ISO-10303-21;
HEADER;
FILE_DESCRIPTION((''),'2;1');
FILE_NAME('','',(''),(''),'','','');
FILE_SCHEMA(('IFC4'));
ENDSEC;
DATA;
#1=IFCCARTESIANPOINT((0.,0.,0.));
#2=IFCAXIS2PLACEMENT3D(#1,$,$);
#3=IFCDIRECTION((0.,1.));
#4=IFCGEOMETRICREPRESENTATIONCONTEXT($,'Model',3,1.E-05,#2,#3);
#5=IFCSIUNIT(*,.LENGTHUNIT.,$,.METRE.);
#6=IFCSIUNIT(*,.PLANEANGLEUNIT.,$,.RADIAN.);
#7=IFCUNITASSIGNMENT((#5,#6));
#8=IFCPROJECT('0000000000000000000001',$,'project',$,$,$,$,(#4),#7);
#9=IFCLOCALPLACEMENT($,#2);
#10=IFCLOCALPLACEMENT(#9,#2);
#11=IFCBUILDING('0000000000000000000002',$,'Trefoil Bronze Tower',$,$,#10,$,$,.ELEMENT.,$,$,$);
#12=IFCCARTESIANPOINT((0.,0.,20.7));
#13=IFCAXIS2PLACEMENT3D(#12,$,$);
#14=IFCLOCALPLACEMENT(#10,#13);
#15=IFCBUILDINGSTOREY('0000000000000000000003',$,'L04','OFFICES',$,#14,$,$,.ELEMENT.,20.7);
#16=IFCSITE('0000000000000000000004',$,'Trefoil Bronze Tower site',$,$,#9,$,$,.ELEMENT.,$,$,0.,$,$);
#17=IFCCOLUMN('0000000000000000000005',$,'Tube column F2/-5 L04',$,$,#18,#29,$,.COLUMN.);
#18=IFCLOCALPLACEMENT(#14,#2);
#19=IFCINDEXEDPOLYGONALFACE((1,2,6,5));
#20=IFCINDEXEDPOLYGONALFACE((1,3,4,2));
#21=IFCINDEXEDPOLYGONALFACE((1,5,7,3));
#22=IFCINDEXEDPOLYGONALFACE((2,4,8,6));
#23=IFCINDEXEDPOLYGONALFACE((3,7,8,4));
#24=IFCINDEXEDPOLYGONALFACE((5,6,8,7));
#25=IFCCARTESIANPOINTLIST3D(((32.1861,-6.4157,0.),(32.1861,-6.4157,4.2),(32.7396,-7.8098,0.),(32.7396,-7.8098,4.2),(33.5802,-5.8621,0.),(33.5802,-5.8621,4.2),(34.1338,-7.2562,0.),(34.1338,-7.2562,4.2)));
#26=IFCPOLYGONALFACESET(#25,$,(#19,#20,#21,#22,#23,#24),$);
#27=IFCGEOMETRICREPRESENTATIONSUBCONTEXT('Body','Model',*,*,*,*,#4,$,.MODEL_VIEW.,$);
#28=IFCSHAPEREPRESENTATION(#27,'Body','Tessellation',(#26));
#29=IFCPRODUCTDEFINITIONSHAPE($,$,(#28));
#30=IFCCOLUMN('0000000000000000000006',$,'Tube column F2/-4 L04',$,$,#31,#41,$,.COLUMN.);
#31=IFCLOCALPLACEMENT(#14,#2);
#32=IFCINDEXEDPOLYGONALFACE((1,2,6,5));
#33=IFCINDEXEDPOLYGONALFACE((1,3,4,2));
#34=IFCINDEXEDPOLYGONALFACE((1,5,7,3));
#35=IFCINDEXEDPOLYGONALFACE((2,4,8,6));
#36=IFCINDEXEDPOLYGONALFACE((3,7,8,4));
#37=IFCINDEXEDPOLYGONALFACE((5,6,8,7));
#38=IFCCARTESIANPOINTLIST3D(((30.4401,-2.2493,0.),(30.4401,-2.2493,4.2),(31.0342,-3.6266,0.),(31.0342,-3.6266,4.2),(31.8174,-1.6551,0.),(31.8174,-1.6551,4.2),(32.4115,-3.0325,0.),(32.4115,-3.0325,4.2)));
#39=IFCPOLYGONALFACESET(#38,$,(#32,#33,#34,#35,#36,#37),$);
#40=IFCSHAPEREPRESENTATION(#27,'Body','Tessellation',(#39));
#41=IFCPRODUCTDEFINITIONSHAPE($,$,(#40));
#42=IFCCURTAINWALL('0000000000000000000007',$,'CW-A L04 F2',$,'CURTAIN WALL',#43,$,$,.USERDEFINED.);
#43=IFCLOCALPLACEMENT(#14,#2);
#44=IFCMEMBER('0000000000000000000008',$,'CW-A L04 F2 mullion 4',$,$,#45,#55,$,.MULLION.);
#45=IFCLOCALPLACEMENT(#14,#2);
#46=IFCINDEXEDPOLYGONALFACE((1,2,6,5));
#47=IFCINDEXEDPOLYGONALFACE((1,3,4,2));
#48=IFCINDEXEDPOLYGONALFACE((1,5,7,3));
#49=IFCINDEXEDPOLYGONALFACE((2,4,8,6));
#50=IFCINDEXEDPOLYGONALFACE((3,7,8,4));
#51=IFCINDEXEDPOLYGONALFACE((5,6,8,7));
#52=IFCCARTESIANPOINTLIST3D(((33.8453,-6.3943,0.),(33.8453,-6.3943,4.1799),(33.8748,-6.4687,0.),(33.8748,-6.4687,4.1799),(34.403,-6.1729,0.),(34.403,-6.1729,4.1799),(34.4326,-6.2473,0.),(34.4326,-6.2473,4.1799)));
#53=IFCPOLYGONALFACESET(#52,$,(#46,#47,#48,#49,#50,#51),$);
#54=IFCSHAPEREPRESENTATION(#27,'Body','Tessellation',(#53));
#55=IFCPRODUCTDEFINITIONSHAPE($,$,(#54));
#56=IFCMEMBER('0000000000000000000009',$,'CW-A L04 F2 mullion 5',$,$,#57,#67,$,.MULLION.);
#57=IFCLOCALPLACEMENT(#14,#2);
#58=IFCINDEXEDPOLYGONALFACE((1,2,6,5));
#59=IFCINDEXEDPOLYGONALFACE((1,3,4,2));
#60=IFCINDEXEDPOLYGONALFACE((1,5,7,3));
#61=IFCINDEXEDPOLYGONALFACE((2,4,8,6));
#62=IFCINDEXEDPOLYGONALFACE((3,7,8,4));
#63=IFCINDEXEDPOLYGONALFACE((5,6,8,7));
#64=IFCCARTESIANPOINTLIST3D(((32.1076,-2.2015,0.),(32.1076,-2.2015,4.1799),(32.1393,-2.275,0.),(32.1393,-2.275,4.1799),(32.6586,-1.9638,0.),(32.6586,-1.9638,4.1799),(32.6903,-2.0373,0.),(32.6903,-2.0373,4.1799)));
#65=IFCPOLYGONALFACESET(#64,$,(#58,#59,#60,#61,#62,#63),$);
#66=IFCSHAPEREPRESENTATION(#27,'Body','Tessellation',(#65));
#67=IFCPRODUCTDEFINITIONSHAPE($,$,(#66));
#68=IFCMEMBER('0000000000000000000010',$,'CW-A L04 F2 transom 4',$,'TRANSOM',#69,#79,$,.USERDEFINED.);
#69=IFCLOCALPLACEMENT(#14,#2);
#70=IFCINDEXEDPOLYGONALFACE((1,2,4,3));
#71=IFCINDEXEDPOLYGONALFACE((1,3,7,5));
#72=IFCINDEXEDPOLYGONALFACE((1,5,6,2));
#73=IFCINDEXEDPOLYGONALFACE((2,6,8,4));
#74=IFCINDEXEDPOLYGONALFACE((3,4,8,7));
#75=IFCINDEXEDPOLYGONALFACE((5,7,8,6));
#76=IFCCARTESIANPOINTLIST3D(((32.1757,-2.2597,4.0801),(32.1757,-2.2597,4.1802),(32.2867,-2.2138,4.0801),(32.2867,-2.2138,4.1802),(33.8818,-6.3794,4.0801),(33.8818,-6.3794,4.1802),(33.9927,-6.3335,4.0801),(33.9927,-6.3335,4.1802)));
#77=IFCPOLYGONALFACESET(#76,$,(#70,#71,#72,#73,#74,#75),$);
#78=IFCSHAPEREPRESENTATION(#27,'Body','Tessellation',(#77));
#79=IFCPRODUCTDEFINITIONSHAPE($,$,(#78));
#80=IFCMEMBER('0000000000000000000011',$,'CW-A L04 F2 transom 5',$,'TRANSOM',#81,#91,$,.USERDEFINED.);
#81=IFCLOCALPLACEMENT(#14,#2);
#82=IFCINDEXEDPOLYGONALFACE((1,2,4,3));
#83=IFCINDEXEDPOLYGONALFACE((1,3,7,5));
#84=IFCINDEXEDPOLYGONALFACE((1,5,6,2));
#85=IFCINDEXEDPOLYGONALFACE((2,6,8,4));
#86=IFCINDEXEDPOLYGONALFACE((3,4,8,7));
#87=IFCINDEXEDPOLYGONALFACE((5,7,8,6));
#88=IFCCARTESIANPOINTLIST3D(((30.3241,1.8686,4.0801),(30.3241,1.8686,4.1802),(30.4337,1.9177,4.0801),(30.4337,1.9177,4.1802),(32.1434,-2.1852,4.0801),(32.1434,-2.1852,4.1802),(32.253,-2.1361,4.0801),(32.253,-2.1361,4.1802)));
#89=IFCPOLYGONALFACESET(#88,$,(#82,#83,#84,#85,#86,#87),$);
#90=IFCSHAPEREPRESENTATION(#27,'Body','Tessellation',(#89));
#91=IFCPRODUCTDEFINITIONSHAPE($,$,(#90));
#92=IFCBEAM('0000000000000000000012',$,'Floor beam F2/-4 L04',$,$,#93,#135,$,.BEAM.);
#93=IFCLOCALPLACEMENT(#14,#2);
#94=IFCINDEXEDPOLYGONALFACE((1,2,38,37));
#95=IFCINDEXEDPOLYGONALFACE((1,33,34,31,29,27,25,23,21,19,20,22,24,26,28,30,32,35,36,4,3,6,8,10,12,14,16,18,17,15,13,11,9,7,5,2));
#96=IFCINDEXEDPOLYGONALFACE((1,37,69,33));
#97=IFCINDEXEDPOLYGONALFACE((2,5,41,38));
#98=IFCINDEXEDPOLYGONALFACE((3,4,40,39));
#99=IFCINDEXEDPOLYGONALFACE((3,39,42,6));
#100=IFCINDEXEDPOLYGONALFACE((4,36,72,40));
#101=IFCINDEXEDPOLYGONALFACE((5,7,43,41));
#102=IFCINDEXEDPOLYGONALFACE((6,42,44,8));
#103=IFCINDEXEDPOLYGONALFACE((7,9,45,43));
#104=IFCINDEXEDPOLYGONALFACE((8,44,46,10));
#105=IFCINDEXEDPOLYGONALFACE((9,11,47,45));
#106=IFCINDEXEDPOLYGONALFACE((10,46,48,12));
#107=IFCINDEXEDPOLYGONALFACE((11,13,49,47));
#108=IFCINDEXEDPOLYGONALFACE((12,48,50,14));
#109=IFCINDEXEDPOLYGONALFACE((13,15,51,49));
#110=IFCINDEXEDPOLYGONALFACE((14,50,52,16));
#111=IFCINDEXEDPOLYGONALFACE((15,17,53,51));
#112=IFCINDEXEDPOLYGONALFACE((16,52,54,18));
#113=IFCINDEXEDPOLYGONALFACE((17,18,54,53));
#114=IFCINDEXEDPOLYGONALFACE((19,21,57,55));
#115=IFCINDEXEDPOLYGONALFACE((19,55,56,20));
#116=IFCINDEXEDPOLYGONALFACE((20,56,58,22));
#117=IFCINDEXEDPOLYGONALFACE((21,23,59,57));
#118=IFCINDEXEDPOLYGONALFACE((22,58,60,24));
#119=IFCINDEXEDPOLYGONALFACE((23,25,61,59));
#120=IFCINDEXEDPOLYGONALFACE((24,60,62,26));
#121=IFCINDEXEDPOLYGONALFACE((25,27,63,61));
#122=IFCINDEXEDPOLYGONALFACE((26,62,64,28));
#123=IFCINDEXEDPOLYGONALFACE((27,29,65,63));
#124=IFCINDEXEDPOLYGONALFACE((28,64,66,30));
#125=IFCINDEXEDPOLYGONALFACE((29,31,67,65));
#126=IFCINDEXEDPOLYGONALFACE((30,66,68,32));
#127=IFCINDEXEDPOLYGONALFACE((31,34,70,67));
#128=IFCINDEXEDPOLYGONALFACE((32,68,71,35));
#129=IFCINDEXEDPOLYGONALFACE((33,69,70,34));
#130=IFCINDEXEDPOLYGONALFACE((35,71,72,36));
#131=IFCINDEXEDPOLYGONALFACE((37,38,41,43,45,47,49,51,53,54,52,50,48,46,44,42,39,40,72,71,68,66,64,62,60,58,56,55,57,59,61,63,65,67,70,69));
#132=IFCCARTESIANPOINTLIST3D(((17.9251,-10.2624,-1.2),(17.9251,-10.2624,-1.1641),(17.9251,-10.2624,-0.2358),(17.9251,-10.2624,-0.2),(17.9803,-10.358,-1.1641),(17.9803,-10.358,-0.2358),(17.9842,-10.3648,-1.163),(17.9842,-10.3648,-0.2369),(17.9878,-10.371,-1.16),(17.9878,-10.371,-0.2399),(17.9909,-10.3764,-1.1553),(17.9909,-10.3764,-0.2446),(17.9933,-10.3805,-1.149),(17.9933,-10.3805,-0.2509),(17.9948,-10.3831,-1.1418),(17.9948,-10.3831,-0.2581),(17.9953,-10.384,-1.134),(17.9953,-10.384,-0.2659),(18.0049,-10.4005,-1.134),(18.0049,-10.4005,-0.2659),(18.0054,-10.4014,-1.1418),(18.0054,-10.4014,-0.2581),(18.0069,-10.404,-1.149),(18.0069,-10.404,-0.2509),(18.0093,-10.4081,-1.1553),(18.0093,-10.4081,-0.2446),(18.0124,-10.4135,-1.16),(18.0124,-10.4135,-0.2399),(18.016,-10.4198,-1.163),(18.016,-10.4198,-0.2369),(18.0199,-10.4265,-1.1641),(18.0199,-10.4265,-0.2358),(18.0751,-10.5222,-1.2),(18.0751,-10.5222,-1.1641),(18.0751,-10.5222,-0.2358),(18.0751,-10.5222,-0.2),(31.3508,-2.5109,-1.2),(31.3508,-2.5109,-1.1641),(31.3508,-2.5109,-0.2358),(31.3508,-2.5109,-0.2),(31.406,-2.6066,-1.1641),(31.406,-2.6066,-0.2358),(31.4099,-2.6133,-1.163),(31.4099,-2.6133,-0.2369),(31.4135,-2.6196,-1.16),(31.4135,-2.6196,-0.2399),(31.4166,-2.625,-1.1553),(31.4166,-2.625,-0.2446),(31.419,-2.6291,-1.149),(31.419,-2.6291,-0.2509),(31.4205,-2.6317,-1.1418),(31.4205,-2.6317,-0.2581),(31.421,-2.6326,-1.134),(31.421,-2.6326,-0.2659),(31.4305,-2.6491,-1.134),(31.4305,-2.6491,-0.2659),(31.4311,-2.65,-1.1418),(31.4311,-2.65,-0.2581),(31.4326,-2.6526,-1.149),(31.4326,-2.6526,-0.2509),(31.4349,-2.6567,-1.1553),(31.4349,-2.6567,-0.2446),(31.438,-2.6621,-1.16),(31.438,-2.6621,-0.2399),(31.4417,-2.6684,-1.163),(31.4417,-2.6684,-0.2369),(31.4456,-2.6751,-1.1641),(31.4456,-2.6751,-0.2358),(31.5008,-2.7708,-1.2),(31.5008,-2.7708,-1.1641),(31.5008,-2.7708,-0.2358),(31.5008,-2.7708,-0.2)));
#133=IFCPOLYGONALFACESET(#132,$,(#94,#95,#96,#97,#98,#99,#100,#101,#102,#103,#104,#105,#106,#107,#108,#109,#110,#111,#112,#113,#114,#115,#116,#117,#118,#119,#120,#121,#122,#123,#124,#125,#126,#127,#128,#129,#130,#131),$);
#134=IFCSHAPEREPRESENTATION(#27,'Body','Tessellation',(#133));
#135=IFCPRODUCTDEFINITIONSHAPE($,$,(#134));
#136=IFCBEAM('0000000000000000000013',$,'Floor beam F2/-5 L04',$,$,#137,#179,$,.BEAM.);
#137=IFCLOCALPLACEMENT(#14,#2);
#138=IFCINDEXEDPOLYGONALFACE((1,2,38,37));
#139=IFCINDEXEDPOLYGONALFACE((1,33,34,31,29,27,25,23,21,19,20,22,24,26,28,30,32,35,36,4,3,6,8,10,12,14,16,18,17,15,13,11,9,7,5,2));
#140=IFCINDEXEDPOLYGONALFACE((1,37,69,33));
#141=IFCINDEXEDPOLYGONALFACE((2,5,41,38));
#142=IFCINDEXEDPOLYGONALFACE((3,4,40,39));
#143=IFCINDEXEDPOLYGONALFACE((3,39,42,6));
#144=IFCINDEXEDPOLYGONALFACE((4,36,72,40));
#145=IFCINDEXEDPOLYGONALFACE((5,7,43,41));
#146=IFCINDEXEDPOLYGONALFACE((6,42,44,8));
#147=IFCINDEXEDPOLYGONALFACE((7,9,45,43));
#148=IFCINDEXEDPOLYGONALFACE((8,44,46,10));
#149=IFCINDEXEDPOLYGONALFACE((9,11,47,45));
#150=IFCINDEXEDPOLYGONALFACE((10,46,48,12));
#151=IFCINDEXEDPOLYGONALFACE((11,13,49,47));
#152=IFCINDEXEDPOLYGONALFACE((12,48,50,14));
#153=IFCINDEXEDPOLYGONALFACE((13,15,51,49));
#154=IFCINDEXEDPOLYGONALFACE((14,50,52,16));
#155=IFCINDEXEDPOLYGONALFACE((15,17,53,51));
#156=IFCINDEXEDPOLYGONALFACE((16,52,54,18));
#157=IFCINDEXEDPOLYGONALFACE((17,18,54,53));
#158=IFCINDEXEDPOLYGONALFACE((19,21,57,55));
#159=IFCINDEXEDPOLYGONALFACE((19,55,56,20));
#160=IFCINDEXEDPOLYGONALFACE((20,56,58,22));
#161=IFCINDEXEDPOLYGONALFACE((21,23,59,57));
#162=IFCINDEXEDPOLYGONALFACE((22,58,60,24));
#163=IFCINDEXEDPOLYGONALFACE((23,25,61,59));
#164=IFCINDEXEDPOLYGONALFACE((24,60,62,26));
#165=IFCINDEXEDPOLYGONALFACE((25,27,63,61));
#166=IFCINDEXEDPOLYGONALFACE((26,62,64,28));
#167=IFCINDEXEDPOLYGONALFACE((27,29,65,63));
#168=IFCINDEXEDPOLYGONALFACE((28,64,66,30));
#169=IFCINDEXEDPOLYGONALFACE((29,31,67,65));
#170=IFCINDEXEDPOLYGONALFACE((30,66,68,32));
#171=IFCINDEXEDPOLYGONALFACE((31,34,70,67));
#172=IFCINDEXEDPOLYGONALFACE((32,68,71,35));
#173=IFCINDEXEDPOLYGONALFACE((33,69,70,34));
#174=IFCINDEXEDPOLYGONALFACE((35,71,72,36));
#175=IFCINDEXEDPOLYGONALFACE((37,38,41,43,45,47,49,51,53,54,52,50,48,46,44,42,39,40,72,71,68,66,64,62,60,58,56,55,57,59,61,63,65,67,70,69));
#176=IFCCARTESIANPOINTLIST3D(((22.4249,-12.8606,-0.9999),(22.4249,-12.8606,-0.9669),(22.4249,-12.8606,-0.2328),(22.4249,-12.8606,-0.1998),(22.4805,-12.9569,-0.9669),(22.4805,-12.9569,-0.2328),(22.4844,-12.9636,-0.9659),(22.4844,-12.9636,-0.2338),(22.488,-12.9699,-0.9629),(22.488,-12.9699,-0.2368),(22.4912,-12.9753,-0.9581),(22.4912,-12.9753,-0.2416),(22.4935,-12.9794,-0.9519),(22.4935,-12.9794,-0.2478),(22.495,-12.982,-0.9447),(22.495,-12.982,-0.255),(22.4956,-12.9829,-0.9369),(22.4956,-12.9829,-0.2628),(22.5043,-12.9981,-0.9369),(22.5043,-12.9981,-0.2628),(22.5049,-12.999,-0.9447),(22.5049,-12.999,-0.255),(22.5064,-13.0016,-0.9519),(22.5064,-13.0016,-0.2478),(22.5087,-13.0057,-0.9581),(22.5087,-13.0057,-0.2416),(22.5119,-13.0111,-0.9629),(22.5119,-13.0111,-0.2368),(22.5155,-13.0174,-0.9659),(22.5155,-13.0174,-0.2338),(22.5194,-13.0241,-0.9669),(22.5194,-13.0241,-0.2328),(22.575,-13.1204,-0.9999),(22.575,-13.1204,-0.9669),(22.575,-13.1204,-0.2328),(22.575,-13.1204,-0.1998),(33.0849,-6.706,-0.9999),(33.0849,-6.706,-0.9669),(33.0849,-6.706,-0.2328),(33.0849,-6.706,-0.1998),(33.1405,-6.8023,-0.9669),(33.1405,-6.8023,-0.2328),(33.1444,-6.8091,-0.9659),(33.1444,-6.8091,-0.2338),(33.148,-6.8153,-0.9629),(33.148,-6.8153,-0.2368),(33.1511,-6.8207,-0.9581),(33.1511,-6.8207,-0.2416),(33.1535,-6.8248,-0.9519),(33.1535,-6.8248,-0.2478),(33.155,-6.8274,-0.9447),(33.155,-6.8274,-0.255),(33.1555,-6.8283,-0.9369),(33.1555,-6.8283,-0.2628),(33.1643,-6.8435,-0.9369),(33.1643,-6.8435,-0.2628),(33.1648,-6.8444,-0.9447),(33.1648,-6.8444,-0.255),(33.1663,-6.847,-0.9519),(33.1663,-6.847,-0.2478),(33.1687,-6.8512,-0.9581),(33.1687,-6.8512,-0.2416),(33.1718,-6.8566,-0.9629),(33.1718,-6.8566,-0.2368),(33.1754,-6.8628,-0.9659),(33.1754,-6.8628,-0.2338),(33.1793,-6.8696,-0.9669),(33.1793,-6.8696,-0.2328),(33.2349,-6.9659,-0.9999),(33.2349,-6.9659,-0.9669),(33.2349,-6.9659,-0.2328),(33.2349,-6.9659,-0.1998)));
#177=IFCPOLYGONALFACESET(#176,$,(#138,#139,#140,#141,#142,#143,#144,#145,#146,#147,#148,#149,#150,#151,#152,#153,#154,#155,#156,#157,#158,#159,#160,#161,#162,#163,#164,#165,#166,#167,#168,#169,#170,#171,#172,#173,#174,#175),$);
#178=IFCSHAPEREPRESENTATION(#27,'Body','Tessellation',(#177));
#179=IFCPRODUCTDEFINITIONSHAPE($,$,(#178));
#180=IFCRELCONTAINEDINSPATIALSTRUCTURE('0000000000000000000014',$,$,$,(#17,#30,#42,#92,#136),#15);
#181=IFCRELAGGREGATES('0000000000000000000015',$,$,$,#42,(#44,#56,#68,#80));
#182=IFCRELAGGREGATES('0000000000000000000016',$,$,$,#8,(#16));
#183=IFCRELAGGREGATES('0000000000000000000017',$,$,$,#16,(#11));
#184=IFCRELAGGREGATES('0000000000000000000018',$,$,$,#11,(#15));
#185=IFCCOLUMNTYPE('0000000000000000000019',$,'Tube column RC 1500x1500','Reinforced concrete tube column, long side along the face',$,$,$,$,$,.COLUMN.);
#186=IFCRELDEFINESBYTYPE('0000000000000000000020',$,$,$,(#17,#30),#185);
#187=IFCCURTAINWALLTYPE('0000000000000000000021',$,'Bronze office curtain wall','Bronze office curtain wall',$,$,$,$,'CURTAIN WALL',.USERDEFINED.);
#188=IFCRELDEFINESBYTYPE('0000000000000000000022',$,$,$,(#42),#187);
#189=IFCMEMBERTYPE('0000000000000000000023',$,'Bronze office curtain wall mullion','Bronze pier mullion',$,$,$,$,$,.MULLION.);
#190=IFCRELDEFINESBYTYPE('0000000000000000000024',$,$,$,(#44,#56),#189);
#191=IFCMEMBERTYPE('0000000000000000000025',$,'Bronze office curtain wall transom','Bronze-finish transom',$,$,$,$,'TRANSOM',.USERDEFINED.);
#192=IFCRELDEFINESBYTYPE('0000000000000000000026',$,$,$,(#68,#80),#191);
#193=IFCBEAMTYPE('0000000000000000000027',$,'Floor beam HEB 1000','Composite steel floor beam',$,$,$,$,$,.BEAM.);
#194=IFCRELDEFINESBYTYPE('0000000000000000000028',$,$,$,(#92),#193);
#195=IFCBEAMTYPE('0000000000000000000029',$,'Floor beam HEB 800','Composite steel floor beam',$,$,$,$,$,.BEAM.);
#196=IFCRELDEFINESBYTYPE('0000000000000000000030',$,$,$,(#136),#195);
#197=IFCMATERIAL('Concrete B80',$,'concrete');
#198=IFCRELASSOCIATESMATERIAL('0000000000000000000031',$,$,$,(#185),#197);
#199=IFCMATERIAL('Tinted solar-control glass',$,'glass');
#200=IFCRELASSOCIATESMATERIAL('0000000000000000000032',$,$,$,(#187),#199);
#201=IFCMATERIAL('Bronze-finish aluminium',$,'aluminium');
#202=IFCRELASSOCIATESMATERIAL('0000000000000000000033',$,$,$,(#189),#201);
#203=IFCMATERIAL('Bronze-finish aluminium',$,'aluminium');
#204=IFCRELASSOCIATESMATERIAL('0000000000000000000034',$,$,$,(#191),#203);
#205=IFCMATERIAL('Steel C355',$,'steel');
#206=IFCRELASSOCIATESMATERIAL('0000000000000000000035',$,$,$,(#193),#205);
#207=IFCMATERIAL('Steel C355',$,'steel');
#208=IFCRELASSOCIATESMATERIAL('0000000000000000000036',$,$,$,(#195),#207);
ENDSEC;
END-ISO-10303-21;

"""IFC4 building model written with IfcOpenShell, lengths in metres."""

from ifc_helpers import new_model, si_unit, direction, frame, origin, origin_2d, place, context, subcontext, project, spatial, rectangle, i_section, extrude, material, material_profile, profile_set, type_object, element, aggregate, save


model = new_model("IFC4")

# Units and contexts
model_context = context("Model", 3, precision=1e-05, world=origin(), true_north=direction((0.0, 1.0)))
body_context = subcontext(model_context, "Body", "Model", "MODEL_VIEW")
ifc_project = project(units=[si_unit("LENGTHUNIT", "METRE"), si_unit("PLANEANGLEUNIT", "RADIAN")], contexts=[model_context])

# Site, building, storey
site_placement = place(None, origin())
site = spatial("IfcSite", under=ifc_project, at=site_placement, Name="Trefoil Bronze Tower site", CompositionType="ELEMENT", RefElevation=0.0)
building_placement = place(site_placement, origin())
building = spatial("IfcBuilding", under=site, at=building_placement, Name="Trefoil Bronze Tower", CompositionType="ELEMENT")
storey_placement = place(building_placement, frame((0.0, 0.0, 20.7)))
storey = spatial("IfcBuildingStorey", under=building, at=storey_placement, Name="L04", Description="OFFICES", CompositionType="ELEMENT", Elevation=20.7)

# Columns
ifc_material_1 = material(Name="Concrete B80", Category="concrete")
ifc_material_profile_1 = material_profile(ifc_material_1, rectangle(XDim=1.5, YDim=1.5, at=origin_2d()), Name="RC 1500x1500")
ifc_profile_set_1 = profile_set([ifc_material_profile_1], Name="Concrete B80")
column_type = type_object("IfcColumnType", Name="Tube column RC 1500x1500", Description="Reinforced concrete tube column, long side along the face", PredefinedType="COLUMN", material=ifc_profile_set_1)
for number, where, z_axis, x_axis, name in (
    (1, (33.1599, -6.8359, 0.0), (0.0, 0.0, 1.0), (-0.36904, 0.929414, 0.0), "Tube column F2/-5 L04"),
    (2, (31.4258, -2.6409, 0.0), (0.0, 0.0, 1.0), (-0.396085, 0.918214, 0.0), "Tube column F2/-4 L04"),
):
    element("IfcColumn", number, at=place(storey_placement, frame(where, z_axis=z_axis, x_axis=x_axis)), inside=storey, type_object=column_type, Name=name, PredefinedType="COLUMN", context=body_context, shape_type="SweptSolid", body=[
        extrude(rectangle(XDim=1.5, YDim=1.5, at=origin_2d()), origin(), (0.0, 0.0, 1.0), 4.2),
    ])

# Curtain wall, members
ifc_material_2 = material(Name="Tinted solar-control glass", Category="glass")
curtain_wall_type = type_object("IfcCurtainWallType", Name="Bronze office curtain wall", Description="Bronze office curtain wall", ElementType="CURTAIN WALL", PredefinedType="USERDEFINED", material=ifc_material_2)
curtain_wall_placement = place(storey_placement, origin())
curtain_wall = element("IfcCurtainWall", 3, at=curtain_wall_placement, inside=storey, type_object=curtain_wall_type, Name="CW-A L04 F2", ObjectType="CURTAIN WALL", PredefinedType="USERDEFINED")
ifc_material_3 = material(Name="Bronze-finish aluminium", Category="aluminium")
ifc_material_profile_2 = material_profile(ifc_material_3, rectangle(XDim=0.6001, YDim=0.0801, at=origin_2d()), Name="CW-A mullion")
ifc_profile_set_2 = profile_set([ifc_material_profile_2], Name="Bronze-finish aluminium")
member_type_1 = type_object("IfcMemberType", Name="Bronze office curtain wall mullion", Description="Bronze pier mullion", PredefinedType="MULLION", material=ifc_profile_set_2)
member_1_placement = place(storey_placement, frame((34.1389, -6.3208, 0.0), z_axis=(0.0, 0.0, 1.0), x_axis=(-0.929414, -0.36904, 0.0)))
member_1 = element("IfcMember", 4, at=member_1_placement, type_object=member_type_1, Name="CW-A L04 F2 mullion 4", PredefinedType="MULLION", context=body_context, shape_type="SweptSolid", body=[
    extrude(rectangle(XDim=0.6001, YDim=0.0801, at=origin_2d()), origin(), (0.0, 0.0, 1.0), 4.1799),
])
member_2_placement = place(storey_placement, frame((32.3989, -2.1194, 0.0), z_axis=(0.0, 0.0, 1.0), x_axis=(-0.918214, -0.396085, 0.0)))
member_2 = element("IfcMember", 5, at=member_2_placement, type_object=member_type_1, Name="CW-A L04 F2 mullion 5", PredefinedType="MULLION", context=body_context, shape_type="SweptSolid", body=[
    extrude(rectangle(XDim=0.6001, YDim=0.0801, at=origin_2d()), origin(), (0.0, 0.0, 1.0), 4.1799),
])
ifc_material_4 = material(Name="Bronze-finish aluminium", Category="aluminium")
ifc_material_profile_3 = material_profile(ifc_material_4, rectangle(XDim=0.1201, YDim=0.1001, at=origin_2d()), Name="CW-A transom")
ifc_profile_set_3 = profile_set([ifc_material_profile_3], Name="Bronze-finish aluminium")
member_type_2 = type_object("IfcMemberType", Name="Bronze office curtain wall transom", Description="Bronze-finish transom", ElementType="TRANSOM", PredefinedType="USERDEFINED", material=ifc_profile_set_3)
member_3_placement = place(storey_placement, frame((33.9373, -6.3564, 4.1301), z_axis=(-0.382616, 0.923907, 0.0), x_axis=(-0.923907, -0.382616, 0.0)))
member_3 = element("IfcMember", 6, at=member_3_placement, type_object=member_type_2, Name="CW-A L04 F2 transom 4", ObjectType="TRANSOM", PredefinedType="USERDEFINED", context=body_context, shape_type="SweptSolid", body=[
    extrude(rectangle(XDim=0.1201, YDim=0.1001, at=origin_2d()), origin(), (0.0, 0.0, 1.0), 4.459),
])
member_4_placement = place(storey_placement, frame((32.1982, -2.1606, 4.1301), z_axis=(-0.40946, 0.912328, 0.0), x_axis=(-0.912328, -0.40946, 0.0)))
member_4 = element("IfcMember", 7, at=member_4_placement, type_object=member_type_2, Name="CW-A L04 F2 transom 5", ObjectType="TRANSOM", PredefinedType="USERDEFINED", context=body_context, shape_type="SweptSolid", body=[
    extrude(rectangle(XDim=0.1201, YDim=0.1001, at=origin_2d()), origin(), (0.0, 0.0, 1.0), 4.4434),
])

# Beams
ifc_material_5 = material(Name="Steel C355", Category="steel")
ifc_material_profile_4 = material_profile(ifc_material_5, i_section(OverallWidth=0.3, OverallDepth=1.0, WebThickness=0.019, FlangeThickness=0.0359, FilletRadius=0.03, at=origin_2d()), Name="HEB 1000")
ifc_profile_set_4 = profile_set([ifc_material_profile_4], Name="Steel C355")
beam_type_1 = type_object("IfcBeamType", Name="Floor beam HEB 1000", Description="Composite steel floor beam", PredefinedType="BEAM", material=ifc_profile_set_4)
beam_1_placement = place(storey_placement, frame((31.4258, -2.6409, -0.7), z_axis=(-0.866023, -0.500004, 0.0), x_axis=(0.500004, -0.866023, 0.0)))
element("IfcBeam", 8, at=beam_1_placement, inside=storey, type_object=beam_type_1, Name="Floor beam F2/-4 L04", PredefinedType="BEAM", context=body_context, shape_type="SweptSolid", body=[
    extrude(i_section(OverallWidth=0.3, OverallDepth=1.0, WebThickness=0.019, FlangeThickness=0.0359, FilletRadius=0.03, at=origin_2d()), origin(), (0.0, 0.0, 1.0), 15.5027),
])
ifc_material_6 = material(Name="Steel C355", Category="steel")
ifc_material_profile_5 = material_profile(ifc_material_6, i_section(OverallWidth=0.3, OverallDepth=0.8, WebThickness=0.0176, FlangeThickness=0.033, FilletRadius=0.03, at=origin_2d()), Name="HEB 800")
ifc_profile_set_5 = profile_set([ifc_material_profile_5], Name="Steel C355")
beam_type_2 = type_object("IfcBeamType", Name="Floor beam HEB 800", Description="Composite steel floor beam", PredefinedType="BEAM", material=ifc_profile_set_5)
beam_2_placement = place(storey_placement, frame((33.1599, -6.8359, -0.5999), z_axis=(-0.866024, -0.500002, 0.0), x_axis=(0.500002, -0.866024, 0.0)))
element("IfcBeam", 9, at=beam_2_placement, inside=storey, type_object=beam_type_2, Name="Floor beam F2/-5 L04", PredefinedType="BEAM", context=body_context, shape_type="SweptSolid", body=[
    extrude(i_section(OverallWidth=0.3, OverallDepth=0.8, WebThickness=0.0176, FlangeThickness=0.033, FilletRadius=0.03, at=origin_2d()), origin(), (0.0, 0.0, 1.0), 12.3091),
])

aggregate(curtain_wall, [member_1, member_2, member_3, member_4])

save(model, "model.ifc")
